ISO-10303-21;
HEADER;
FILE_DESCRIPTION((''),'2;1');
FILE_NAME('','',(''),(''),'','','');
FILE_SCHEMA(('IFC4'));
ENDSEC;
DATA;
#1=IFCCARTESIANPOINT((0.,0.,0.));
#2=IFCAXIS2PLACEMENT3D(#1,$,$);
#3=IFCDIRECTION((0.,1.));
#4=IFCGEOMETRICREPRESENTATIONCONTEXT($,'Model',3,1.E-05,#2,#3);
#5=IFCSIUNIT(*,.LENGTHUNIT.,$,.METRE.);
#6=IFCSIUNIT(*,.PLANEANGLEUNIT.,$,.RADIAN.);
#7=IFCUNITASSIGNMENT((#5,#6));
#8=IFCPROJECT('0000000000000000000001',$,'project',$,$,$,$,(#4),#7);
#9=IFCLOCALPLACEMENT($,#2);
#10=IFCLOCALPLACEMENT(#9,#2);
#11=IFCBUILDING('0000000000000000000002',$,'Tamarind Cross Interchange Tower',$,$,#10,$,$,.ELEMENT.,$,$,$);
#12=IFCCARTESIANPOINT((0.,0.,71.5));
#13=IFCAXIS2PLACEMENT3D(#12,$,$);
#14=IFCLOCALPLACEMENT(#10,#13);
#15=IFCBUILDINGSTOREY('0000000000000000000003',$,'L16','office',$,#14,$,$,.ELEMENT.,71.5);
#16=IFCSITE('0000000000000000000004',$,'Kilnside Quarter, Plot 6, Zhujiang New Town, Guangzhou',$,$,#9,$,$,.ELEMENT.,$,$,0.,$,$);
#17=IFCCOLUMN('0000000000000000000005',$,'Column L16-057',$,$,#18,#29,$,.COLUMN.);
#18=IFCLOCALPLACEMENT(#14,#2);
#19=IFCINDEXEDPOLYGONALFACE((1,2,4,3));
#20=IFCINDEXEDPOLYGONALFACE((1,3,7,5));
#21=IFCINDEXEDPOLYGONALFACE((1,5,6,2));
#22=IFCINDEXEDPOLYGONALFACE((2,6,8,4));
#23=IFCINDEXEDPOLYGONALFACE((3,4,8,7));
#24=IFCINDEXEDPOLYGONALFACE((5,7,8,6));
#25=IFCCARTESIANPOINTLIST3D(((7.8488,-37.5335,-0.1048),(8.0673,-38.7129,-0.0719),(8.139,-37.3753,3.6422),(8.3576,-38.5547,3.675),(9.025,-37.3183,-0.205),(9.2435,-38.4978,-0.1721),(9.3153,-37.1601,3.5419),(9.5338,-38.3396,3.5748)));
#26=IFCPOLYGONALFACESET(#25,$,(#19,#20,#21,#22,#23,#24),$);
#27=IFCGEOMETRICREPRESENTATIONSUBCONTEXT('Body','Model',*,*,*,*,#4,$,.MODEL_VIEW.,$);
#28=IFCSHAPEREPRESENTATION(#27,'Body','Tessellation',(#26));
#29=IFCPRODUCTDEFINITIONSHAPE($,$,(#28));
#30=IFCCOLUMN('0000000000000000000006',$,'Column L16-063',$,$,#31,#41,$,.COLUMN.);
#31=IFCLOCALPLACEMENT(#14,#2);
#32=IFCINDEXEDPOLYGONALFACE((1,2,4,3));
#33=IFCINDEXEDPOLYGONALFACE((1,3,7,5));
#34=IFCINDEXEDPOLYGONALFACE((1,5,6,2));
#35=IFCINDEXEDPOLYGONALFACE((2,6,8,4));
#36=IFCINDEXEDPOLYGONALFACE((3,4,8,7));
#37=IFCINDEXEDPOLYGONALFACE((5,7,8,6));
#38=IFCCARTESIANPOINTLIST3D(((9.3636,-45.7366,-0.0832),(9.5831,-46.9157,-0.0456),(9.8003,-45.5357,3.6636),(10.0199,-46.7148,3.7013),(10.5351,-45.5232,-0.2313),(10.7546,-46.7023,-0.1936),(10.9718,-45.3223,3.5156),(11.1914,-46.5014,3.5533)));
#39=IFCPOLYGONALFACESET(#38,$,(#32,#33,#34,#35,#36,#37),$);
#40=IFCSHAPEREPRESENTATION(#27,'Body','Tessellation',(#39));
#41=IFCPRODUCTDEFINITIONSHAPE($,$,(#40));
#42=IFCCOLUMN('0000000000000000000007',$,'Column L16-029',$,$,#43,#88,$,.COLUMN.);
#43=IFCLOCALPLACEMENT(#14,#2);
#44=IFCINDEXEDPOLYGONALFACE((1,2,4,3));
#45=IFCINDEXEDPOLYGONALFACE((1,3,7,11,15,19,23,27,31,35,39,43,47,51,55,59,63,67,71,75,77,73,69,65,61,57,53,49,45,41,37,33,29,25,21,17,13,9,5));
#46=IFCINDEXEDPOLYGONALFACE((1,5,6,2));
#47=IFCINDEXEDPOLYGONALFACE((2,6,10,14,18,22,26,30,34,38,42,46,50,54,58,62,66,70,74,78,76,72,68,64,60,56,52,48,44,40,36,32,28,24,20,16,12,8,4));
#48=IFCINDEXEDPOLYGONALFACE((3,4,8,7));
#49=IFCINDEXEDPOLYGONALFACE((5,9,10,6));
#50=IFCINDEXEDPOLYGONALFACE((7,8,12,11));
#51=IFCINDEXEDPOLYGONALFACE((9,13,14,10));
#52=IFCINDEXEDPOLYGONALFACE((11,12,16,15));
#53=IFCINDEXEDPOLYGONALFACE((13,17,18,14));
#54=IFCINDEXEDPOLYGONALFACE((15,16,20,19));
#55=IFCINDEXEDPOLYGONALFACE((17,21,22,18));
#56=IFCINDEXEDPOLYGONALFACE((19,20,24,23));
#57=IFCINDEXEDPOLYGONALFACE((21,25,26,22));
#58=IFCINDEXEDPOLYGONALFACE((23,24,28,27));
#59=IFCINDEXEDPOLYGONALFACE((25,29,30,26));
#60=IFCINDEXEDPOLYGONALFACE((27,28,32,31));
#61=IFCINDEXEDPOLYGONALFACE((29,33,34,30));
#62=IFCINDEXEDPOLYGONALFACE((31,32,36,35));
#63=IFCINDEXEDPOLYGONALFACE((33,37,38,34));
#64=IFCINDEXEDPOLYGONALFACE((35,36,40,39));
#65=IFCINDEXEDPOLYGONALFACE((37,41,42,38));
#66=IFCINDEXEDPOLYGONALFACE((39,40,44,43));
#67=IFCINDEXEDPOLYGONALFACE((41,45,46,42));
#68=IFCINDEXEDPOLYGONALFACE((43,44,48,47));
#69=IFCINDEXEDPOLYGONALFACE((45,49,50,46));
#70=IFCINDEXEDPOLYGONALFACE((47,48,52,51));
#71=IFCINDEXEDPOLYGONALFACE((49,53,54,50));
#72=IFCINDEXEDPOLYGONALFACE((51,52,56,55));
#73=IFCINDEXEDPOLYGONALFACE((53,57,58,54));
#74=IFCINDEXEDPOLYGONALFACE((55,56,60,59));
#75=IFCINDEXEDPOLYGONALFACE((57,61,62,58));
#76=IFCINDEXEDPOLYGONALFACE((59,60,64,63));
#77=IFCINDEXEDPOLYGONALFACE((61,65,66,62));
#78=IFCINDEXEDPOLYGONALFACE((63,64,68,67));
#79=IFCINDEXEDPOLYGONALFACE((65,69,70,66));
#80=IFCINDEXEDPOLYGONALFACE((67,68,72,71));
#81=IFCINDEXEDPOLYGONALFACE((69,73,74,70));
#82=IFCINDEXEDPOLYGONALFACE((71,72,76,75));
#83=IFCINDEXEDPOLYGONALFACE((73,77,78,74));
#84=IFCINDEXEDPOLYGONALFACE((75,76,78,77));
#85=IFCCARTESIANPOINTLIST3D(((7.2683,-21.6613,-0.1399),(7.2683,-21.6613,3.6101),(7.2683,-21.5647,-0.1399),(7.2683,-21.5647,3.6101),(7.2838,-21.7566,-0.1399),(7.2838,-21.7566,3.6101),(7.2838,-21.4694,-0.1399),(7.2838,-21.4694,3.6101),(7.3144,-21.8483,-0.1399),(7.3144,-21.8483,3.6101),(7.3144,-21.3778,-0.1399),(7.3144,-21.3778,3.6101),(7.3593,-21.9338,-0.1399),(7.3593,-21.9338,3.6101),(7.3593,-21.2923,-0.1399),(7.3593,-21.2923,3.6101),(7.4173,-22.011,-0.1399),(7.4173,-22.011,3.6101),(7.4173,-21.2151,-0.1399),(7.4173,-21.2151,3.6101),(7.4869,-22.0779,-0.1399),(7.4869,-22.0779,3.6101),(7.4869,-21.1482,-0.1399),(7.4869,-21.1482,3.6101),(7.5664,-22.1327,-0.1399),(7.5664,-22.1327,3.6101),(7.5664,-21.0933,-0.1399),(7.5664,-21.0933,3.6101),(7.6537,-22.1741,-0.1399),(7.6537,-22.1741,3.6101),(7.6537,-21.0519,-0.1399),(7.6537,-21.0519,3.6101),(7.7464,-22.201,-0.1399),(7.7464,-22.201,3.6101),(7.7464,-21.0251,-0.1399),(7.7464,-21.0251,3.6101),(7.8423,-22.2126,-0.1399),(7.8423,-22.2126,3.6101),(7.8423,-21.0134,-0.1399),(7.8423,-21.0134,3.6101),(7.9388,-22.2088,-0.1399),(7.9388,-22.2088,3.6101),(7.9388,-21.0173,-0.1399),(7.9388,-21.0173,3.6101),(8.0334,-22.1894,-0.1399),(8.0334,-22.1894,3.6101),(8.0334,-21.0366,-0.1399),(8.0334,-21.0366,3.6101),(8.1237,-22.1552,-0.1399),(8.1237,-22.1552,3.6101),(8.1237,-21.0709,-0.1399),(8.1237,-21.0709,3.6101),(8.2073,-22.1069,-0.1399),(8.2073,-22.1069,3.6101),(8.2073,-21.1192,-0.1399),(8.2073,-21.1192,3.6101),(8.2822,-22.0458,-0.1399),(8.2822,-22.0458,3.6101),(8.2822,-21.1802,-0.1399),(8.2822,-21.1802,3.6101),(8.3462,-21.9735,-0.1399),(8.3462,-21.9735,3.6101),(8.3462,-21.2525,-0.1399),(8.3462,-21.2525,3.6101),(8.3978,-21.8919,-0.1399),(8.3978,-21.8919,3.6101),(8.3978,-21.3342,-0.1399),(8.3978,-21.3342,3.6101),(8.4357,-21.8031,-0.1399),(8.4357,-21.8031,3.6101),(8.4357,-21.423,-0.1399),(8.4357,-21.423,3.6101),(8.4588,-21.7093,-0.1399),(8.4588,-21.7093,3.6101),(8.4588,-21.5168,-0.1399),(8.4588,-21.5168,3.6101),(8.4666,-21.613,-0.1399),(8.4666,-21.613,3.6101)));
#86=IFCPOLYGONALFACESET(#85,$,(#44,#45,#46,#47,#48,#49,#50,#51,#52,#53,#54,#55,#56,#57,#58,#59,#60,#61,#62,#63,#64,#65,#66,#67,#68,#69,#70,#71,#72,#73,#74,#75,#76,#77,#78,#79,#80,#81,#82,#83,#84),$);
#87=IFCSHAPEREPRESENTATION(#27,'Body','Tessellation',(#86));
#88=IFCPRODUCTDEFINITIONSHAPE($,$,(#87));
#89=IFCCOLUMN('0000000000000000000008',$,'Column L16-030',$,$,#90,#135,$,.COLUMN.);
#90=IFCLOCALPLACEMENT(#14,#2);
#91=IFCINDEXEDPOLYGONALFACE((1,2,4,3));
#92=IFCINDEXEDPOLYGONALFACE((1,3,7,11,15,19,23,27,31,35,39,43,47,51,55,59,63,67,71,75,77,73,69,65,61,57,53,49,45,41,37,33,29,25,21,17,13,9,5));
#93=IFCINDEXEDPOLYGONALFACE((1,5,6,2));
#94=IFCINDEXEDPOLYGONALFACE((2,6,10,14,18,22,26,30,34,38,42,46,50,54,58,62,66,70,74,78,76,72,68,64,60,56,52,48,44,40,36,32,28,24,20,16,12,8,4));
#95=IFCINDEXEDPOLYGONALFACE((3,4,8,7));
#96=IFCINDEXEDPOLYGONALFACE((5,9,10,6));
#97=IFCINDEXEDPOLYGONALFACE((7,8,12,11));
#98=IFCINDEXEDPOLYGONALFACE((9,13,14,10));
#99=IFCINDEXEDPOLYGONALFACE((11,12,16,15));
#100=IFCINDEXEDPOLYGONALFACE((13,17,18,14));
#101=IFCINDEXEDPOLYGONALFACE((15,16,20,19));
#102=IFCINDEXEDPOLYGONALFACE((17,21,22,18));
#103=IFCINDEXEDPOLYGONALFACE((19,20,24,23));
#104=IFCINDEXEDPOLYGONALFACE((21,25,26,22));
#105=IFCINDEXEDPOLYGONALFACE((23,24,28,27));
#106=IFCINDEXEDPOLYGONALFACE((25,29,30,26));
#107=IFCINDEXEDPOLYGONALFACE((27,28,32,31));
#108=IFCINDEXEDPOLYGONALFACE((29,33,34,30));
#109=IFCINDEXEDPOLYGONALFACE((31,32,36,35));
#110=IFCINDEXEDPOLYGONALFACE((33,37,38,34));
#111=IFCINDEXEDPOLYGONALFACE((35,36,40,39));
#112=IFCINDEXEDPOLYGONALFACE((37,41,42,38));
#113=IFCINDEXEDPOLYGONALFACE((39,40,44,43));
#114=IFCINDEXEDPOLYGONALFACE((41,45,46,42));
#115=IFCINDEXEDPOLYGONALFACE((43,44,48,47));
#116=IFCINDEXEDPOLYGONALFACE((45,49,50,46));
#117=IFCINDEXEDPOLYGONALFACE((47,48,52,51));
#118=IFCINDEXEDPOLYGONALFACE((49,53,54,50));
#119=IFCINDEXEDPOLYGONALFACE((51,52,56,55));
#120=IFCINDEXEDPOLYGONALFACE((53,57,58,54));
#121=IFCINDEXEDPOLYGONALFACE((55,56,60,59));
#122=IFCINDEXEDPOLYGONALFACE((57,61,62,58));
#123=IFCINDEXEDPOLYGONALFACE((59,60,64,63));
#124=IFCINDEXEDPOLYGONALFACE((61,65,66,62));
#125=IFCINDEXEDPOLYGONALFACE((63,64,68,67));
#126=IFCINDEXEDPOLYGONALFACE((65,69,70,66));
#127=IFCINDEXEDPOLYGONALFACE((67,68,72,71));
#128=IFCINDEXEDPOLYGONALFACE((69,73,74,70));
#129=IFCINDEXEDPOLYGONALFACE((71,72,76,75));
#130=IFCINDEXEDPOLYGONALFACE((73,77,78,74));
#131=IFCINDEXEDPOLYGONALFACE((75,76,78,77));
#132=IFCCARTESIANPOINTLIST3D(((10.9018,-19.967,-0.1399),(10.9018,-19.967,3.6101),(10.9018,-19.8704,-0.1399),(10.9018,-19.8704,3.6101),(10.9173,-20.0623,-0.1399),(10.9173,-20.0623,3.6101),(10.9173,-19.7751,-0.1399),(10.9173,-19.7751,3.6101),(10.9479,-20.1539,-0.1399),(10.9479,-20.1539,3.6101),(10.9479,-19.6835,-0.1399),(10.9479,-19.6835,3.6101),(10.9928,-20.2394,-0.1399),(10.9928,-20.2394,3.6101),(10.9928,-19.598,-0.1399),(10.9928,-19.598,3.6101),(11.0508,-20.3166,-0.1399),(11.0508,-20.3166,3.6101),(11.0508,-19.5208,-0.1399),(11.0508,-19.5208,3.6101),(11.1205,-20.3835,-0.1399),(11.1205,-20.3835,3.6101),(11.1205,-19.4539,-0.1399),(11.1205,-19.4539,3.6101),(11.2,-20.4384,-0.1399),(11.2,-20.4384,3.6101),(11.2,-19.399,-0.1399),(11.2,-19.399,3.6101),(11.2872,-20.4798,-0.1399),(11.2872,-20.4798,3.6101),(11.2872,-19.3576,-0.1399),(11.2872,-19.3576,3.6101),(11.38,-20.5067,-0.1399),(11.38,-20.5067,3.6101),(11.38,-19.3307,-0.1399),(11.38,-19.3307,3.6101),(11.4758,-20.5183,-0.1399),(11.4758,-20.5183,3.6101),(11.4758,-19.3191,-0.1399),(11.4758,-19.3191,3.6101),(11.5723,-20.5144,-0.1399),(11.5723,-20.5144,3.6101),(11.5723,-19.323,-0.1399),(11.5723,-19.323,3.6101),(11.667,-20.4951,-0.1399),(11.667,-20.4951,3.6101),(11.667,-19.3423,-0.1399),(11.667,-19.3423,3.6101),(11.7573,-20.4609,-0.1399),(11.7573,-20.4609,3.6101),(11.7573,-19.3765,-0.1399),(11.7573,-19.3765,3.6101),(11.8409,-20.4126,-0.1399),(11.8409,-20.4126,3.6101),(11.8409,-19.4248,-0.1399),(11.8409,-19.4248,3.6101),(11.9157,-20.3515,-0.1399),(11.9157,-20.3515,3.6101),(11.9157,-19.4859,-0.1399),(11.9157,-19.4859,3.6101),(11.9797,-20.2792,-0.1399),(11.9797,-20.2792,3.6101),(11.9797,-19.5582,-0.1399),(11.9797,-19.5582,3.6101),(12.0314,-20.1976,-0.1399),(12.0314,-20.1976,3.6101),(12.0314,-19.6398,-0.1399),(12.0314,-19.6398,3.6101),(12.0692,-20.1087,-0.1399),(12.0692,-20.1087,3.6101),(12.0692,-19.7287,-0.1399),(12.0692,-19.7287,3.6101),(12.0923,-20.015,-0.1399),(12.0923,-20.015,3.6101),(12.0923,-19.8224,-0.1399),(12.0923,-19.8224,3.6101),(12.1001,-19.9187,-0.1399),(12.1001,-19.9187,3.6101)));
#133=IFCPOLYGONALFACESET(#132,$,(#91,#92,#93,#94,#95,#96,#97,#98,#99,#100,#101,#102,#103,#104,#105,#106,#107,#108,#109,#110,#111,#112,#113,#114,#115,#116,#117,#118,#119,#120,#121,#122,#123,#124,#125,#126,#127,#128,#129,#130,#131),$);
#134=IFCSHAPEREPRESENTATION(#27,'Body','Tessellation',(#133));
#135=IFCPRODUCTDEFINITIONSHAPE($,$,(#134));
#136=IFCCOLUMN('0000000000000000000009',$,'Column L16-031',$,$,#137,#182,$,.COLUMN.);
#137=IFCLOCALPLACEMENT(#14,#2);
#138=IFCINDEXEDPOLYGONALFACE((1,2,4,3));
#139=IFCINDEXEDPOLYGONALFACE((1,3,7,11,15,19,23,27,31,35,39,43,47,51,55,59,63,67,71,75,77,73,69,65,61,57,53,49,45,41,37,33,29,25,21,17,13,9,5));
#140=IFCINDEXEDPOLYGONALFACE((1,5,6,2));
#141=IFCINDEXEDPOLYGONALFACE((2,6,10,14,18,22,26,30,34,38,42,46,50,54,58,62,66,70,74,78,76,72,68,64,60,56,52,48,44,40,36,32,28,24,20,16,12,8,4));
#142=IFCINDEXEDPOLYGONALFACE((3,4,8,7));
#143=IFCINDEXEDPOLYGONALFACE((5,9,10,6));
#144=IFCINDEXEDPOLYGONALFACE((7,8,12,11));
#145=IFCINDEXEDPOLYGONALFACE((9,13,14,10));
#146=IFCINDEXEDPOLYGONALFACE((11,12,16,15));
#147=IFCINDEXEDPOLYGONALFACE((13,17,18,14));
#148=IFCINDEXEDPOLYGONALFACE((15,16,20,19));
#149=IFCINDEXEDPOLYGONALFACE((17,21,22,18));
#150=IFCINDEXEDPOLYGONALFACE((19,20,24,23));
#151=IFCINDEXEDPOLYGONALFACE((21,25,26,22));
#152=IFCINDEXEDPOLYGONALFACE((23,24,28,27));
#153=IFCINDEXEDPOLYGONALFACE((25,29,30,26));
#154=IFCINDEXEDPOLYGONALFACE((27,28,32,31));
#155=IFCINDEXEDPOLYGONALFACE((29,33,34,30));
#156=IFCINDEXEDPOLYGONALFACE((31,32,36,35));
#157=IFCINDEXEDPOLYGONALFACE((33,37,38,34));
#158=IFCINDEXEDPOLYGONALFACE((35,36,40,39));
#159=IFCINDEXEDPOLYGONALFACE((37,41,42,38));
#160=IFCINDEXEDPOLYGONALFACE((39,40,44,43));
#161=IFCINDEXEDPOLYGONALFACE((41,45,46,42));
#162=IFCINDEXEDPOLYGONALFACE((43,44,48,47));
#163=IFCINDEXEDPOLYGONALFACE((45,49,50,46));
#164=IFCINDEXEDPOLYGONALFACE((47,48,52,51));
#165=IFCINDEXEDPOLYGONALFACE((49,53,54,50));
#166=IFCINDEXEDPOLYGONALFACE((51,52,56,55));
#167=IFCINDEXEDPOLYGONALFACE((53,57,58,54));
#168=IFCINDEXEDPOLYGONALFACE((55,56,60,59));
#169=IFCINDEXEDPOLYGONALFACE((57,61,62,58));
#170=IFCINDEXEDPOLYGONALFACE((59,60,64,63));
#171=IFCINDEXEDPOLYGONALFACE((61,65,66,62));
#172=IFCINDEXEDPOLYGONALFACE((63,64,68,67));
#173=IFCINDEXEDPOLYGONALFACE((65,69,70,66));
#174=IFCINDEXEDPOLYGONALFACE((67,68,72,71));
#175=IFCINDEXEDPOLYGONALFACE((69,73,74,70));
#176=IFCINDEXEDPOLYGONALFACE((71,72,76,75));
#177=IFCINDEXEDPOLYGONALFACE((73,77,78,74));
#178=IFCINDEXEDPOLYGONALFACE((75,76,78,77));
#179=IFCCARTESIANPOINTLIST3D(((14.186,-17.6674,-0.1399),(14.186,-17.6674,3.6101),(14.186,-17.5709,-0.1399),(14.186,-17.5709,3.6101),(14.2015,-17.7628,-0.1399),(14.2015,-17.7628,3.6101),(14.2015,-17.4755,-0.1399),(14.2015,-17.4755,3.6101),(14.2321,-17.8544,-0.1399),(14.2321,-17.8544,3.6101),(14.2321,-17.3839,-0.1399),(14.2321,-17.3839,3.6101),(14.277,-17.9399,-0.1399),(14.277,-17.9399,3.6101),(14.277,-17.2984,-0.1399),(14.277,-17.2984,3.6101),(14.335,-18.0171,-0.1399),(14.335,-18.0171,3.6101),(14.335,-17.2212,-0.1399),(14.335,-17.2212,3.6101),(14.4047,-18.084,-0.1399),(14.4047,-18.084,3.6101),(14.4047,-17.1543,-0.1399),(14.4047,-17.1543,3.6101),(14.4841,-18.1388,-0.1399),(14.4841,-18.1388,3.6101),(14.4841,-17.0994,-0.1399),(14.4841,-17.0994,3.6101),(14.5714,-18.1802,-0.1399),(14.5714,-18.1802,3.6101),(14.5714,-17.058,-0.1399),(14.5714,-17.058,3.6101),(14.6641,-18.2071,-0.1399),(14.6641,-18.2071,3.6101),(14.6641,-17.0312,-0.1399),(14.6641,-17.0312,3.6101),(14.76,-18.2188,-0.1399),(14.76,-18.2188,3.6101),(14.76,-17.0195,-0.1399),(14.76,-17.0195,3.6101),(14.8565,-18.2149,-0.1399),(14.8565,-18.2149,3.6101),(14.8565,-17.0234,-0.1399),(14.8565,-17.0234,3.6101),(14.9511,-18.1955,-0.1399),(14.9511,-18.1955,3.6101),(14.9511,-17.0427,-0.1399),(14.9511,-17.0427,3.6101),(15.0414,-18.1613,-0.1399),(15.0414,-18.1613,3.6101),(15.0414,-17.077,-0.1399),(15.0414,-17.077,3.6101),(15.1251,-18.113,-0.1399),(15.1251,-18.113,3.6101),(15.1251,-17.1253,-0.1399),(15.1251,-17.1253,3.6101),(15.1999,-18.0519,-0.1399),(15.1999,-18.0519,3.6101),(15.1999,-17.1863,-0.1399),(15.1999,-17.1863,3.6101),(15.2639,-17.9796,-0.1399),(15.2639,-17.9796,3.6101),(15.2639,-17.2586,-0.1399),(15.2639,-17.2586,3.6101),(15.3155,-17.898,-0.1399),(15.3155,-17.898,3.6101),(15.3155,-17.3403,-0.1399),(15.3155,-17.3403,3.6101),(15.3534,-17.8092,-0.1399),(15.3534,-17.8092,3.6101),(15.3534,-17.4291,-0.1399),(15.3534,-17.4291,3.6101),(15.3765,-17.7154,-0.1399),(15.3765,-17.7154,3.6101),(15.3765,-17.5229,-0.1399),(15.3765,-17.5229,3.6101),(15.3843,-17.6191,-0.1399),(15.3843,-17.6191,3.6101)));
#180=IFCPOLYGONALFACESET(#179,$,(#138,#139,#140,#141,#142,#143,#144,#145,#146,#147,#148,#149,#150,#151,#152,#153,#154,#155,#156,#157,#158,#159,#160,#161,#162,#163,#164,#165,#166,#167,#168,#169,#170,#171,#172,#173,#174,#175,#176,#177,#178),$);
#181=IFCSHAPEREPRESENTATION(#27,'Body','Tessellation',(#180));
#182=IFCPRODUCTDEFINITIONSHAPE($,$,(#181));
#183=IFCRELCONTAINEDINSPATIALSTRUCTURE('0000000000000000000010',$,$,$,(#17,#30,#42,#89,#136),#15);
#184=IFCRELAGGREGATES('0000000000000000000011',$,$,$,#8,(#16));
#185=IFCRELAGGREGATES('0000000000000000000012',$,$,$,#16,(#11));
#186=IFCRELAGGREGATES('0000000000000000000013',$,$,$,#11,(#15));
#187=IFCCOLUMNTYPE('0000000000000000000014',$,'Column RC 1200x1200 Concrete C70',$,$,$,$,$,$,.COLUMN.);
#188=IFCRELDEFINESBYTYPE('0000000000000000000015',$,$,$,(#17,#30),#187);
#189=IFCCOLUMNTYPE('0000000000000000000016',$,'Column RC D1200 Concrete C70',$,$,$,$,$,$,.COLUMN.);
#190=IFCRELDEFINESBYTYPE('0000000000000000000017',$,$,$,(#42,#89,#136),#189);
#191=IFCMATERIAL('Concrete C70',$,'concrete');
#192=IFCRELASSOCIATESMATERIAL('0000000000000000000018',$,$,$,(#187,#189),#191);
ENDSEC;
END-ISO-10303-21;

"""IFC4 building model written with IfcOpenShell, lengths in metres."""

from ifc_helpers import new_model, si_unit, direction, frame, origin, origin_2d, place, context, subcontext, project, spatial, rectangle, circle, extrude, material, material_profile, profile_set, type_object, element, save


model = new_model("IFC4")

# Units and contexts
model_context = context("Model", 3, precision=1e-05, world=origin(), true_north=direction((0.0, 1.0)))
body_context = subcontext(model_context, "Body", "Model", "MODEL_VIEW")
ifc_project = project(units=[si_unit("LENGTHUNIT", "METRE"), si_unit("PLANEANGLEUNIT", "RADIAN")], contexts=[model_context])

# Site, building, storey
site_placement = place(None, origin())
site = spatial("IfcSite", under=ifc_project, at=site_placement, Name="Kilnside Quarter, Plot 6, Zhujiang New Town, Guangzhou", CompositionType="ELEMENT", RefElevation=0.0)
building_placement = place(site_placement, origin())
building = spatial("IfcBuilding", under=site, at=building_placement, Name="Tamarind Cross Interchange Tower", CompositionType="ELEMENT")
storey_placement = place(building_placement, frame((0.0, 0.0, 71.5)))
storey = spatial("IfcBuildingStorey", under=building, at=storey_placement, Name="L16", Description="office", CompositionType="ELEMENT", Elevation=71.5)

# Columns
ifc_material_1 = material(Name="Concrete C70", Category="concrete")
ifc_material_profile_1 = material_profile(ifc_material_1, rectangle(XDim=1.2, YDim=1.2, at=origin_2d()), Name="RC 1200x1200")
ifc_profile_set_1 = profile_set([ifc_material_profile_1], Name="Concrete C70")
column_type_1 = type_object("IfcColumnType", Name="Column RC 1200x1200 Concrete C70", PredefinedType="COLUMN", material=ifc_profile_set_1)
column_1_placement = place(storey_placement, frame((8.5461, -38.0156, -0.1384), z_axis=(0.077175, 0.04206, 0.99613), x_axis=(-0.980244, -0.179298, 0.083514)))
element("IfcColumn", 1, at=column_1_placement, inside=storey, type_object=column_type_1, Name="Column L16-057", PredefinedType="COLUMN", context=body_context, shape_type="SweptSolid", body=[
    extrude(rectangle(XDim=1.2, YDim=1.2, at=origin_2d()), origin(), (0.0, 0.0, 1.0), 3.7615),
])
column_2_placement = place(storey_placement, frame((10.0591, -46.2195, -0.1384), z_axis=(0.115622, 0.05319, 0.991868), x_axis=(-0.9763, -0.177831, 0.123344)))
element("IfcColumn", 2, at=column_2_placement, inside=storey, type_object=column_type_1, Name="Column L16-063", PredefinedType="COLUMN", context=body_context, shape_type="SweptSolid", body=[
    extrude(rectangle(XDim=1.2, YDim=1.2, at=origin_2d()), origin(), (0.0, 0.0, 1.0), 3.7776),
])
ifc_material_profile_2 = material_profile(ifc_material_1, circle(Radius=0.6001, at=origin_2d()), Name="RC D1200")
ifc_profile_set_2 = profile_set([ifc_material_profile_2], Name="Concrete C70")
column_type_2 = type_object("IfcColumnType", Name="Column RC D1200 Concrete C70", PredefinedType="COLUMN", material=ifc_profile_set_2)
for number, where, z_axis, x_axis, name in (
    (3, (7.8665, -21.613, -0.1399), (0.0, 0.0, 1.0), (1.0, 0.0, 0.0), "Column L16-029"),
    (4, (11.5, -19.9187, -0.1399), (0.0, 0.0, 1.0), (1.0, 0.0, 0.0), "Column L16-030"),
    (5, (14.7842, -17.6191, -0.1399), (0.0, 0.0, 1.0), (1.0, 0.0, 0.0), "Column L16-031"),
):
    element("IfcColumn", number, at=place(storey_placement, frame(where, z_axis=z_axis, x_axis=x_axis)), inside=storey, type_object=column_type_2, Name=name, PredefinedType="COLUMN", context=body_context, shape_type="SweptSolid", body=[
        extrude(circle(Radius=0.6001, at=origin_2d()), origin(), (0.0, 0.0, 1.0), 3.75),
    ])

save(model, "model.ifc")
